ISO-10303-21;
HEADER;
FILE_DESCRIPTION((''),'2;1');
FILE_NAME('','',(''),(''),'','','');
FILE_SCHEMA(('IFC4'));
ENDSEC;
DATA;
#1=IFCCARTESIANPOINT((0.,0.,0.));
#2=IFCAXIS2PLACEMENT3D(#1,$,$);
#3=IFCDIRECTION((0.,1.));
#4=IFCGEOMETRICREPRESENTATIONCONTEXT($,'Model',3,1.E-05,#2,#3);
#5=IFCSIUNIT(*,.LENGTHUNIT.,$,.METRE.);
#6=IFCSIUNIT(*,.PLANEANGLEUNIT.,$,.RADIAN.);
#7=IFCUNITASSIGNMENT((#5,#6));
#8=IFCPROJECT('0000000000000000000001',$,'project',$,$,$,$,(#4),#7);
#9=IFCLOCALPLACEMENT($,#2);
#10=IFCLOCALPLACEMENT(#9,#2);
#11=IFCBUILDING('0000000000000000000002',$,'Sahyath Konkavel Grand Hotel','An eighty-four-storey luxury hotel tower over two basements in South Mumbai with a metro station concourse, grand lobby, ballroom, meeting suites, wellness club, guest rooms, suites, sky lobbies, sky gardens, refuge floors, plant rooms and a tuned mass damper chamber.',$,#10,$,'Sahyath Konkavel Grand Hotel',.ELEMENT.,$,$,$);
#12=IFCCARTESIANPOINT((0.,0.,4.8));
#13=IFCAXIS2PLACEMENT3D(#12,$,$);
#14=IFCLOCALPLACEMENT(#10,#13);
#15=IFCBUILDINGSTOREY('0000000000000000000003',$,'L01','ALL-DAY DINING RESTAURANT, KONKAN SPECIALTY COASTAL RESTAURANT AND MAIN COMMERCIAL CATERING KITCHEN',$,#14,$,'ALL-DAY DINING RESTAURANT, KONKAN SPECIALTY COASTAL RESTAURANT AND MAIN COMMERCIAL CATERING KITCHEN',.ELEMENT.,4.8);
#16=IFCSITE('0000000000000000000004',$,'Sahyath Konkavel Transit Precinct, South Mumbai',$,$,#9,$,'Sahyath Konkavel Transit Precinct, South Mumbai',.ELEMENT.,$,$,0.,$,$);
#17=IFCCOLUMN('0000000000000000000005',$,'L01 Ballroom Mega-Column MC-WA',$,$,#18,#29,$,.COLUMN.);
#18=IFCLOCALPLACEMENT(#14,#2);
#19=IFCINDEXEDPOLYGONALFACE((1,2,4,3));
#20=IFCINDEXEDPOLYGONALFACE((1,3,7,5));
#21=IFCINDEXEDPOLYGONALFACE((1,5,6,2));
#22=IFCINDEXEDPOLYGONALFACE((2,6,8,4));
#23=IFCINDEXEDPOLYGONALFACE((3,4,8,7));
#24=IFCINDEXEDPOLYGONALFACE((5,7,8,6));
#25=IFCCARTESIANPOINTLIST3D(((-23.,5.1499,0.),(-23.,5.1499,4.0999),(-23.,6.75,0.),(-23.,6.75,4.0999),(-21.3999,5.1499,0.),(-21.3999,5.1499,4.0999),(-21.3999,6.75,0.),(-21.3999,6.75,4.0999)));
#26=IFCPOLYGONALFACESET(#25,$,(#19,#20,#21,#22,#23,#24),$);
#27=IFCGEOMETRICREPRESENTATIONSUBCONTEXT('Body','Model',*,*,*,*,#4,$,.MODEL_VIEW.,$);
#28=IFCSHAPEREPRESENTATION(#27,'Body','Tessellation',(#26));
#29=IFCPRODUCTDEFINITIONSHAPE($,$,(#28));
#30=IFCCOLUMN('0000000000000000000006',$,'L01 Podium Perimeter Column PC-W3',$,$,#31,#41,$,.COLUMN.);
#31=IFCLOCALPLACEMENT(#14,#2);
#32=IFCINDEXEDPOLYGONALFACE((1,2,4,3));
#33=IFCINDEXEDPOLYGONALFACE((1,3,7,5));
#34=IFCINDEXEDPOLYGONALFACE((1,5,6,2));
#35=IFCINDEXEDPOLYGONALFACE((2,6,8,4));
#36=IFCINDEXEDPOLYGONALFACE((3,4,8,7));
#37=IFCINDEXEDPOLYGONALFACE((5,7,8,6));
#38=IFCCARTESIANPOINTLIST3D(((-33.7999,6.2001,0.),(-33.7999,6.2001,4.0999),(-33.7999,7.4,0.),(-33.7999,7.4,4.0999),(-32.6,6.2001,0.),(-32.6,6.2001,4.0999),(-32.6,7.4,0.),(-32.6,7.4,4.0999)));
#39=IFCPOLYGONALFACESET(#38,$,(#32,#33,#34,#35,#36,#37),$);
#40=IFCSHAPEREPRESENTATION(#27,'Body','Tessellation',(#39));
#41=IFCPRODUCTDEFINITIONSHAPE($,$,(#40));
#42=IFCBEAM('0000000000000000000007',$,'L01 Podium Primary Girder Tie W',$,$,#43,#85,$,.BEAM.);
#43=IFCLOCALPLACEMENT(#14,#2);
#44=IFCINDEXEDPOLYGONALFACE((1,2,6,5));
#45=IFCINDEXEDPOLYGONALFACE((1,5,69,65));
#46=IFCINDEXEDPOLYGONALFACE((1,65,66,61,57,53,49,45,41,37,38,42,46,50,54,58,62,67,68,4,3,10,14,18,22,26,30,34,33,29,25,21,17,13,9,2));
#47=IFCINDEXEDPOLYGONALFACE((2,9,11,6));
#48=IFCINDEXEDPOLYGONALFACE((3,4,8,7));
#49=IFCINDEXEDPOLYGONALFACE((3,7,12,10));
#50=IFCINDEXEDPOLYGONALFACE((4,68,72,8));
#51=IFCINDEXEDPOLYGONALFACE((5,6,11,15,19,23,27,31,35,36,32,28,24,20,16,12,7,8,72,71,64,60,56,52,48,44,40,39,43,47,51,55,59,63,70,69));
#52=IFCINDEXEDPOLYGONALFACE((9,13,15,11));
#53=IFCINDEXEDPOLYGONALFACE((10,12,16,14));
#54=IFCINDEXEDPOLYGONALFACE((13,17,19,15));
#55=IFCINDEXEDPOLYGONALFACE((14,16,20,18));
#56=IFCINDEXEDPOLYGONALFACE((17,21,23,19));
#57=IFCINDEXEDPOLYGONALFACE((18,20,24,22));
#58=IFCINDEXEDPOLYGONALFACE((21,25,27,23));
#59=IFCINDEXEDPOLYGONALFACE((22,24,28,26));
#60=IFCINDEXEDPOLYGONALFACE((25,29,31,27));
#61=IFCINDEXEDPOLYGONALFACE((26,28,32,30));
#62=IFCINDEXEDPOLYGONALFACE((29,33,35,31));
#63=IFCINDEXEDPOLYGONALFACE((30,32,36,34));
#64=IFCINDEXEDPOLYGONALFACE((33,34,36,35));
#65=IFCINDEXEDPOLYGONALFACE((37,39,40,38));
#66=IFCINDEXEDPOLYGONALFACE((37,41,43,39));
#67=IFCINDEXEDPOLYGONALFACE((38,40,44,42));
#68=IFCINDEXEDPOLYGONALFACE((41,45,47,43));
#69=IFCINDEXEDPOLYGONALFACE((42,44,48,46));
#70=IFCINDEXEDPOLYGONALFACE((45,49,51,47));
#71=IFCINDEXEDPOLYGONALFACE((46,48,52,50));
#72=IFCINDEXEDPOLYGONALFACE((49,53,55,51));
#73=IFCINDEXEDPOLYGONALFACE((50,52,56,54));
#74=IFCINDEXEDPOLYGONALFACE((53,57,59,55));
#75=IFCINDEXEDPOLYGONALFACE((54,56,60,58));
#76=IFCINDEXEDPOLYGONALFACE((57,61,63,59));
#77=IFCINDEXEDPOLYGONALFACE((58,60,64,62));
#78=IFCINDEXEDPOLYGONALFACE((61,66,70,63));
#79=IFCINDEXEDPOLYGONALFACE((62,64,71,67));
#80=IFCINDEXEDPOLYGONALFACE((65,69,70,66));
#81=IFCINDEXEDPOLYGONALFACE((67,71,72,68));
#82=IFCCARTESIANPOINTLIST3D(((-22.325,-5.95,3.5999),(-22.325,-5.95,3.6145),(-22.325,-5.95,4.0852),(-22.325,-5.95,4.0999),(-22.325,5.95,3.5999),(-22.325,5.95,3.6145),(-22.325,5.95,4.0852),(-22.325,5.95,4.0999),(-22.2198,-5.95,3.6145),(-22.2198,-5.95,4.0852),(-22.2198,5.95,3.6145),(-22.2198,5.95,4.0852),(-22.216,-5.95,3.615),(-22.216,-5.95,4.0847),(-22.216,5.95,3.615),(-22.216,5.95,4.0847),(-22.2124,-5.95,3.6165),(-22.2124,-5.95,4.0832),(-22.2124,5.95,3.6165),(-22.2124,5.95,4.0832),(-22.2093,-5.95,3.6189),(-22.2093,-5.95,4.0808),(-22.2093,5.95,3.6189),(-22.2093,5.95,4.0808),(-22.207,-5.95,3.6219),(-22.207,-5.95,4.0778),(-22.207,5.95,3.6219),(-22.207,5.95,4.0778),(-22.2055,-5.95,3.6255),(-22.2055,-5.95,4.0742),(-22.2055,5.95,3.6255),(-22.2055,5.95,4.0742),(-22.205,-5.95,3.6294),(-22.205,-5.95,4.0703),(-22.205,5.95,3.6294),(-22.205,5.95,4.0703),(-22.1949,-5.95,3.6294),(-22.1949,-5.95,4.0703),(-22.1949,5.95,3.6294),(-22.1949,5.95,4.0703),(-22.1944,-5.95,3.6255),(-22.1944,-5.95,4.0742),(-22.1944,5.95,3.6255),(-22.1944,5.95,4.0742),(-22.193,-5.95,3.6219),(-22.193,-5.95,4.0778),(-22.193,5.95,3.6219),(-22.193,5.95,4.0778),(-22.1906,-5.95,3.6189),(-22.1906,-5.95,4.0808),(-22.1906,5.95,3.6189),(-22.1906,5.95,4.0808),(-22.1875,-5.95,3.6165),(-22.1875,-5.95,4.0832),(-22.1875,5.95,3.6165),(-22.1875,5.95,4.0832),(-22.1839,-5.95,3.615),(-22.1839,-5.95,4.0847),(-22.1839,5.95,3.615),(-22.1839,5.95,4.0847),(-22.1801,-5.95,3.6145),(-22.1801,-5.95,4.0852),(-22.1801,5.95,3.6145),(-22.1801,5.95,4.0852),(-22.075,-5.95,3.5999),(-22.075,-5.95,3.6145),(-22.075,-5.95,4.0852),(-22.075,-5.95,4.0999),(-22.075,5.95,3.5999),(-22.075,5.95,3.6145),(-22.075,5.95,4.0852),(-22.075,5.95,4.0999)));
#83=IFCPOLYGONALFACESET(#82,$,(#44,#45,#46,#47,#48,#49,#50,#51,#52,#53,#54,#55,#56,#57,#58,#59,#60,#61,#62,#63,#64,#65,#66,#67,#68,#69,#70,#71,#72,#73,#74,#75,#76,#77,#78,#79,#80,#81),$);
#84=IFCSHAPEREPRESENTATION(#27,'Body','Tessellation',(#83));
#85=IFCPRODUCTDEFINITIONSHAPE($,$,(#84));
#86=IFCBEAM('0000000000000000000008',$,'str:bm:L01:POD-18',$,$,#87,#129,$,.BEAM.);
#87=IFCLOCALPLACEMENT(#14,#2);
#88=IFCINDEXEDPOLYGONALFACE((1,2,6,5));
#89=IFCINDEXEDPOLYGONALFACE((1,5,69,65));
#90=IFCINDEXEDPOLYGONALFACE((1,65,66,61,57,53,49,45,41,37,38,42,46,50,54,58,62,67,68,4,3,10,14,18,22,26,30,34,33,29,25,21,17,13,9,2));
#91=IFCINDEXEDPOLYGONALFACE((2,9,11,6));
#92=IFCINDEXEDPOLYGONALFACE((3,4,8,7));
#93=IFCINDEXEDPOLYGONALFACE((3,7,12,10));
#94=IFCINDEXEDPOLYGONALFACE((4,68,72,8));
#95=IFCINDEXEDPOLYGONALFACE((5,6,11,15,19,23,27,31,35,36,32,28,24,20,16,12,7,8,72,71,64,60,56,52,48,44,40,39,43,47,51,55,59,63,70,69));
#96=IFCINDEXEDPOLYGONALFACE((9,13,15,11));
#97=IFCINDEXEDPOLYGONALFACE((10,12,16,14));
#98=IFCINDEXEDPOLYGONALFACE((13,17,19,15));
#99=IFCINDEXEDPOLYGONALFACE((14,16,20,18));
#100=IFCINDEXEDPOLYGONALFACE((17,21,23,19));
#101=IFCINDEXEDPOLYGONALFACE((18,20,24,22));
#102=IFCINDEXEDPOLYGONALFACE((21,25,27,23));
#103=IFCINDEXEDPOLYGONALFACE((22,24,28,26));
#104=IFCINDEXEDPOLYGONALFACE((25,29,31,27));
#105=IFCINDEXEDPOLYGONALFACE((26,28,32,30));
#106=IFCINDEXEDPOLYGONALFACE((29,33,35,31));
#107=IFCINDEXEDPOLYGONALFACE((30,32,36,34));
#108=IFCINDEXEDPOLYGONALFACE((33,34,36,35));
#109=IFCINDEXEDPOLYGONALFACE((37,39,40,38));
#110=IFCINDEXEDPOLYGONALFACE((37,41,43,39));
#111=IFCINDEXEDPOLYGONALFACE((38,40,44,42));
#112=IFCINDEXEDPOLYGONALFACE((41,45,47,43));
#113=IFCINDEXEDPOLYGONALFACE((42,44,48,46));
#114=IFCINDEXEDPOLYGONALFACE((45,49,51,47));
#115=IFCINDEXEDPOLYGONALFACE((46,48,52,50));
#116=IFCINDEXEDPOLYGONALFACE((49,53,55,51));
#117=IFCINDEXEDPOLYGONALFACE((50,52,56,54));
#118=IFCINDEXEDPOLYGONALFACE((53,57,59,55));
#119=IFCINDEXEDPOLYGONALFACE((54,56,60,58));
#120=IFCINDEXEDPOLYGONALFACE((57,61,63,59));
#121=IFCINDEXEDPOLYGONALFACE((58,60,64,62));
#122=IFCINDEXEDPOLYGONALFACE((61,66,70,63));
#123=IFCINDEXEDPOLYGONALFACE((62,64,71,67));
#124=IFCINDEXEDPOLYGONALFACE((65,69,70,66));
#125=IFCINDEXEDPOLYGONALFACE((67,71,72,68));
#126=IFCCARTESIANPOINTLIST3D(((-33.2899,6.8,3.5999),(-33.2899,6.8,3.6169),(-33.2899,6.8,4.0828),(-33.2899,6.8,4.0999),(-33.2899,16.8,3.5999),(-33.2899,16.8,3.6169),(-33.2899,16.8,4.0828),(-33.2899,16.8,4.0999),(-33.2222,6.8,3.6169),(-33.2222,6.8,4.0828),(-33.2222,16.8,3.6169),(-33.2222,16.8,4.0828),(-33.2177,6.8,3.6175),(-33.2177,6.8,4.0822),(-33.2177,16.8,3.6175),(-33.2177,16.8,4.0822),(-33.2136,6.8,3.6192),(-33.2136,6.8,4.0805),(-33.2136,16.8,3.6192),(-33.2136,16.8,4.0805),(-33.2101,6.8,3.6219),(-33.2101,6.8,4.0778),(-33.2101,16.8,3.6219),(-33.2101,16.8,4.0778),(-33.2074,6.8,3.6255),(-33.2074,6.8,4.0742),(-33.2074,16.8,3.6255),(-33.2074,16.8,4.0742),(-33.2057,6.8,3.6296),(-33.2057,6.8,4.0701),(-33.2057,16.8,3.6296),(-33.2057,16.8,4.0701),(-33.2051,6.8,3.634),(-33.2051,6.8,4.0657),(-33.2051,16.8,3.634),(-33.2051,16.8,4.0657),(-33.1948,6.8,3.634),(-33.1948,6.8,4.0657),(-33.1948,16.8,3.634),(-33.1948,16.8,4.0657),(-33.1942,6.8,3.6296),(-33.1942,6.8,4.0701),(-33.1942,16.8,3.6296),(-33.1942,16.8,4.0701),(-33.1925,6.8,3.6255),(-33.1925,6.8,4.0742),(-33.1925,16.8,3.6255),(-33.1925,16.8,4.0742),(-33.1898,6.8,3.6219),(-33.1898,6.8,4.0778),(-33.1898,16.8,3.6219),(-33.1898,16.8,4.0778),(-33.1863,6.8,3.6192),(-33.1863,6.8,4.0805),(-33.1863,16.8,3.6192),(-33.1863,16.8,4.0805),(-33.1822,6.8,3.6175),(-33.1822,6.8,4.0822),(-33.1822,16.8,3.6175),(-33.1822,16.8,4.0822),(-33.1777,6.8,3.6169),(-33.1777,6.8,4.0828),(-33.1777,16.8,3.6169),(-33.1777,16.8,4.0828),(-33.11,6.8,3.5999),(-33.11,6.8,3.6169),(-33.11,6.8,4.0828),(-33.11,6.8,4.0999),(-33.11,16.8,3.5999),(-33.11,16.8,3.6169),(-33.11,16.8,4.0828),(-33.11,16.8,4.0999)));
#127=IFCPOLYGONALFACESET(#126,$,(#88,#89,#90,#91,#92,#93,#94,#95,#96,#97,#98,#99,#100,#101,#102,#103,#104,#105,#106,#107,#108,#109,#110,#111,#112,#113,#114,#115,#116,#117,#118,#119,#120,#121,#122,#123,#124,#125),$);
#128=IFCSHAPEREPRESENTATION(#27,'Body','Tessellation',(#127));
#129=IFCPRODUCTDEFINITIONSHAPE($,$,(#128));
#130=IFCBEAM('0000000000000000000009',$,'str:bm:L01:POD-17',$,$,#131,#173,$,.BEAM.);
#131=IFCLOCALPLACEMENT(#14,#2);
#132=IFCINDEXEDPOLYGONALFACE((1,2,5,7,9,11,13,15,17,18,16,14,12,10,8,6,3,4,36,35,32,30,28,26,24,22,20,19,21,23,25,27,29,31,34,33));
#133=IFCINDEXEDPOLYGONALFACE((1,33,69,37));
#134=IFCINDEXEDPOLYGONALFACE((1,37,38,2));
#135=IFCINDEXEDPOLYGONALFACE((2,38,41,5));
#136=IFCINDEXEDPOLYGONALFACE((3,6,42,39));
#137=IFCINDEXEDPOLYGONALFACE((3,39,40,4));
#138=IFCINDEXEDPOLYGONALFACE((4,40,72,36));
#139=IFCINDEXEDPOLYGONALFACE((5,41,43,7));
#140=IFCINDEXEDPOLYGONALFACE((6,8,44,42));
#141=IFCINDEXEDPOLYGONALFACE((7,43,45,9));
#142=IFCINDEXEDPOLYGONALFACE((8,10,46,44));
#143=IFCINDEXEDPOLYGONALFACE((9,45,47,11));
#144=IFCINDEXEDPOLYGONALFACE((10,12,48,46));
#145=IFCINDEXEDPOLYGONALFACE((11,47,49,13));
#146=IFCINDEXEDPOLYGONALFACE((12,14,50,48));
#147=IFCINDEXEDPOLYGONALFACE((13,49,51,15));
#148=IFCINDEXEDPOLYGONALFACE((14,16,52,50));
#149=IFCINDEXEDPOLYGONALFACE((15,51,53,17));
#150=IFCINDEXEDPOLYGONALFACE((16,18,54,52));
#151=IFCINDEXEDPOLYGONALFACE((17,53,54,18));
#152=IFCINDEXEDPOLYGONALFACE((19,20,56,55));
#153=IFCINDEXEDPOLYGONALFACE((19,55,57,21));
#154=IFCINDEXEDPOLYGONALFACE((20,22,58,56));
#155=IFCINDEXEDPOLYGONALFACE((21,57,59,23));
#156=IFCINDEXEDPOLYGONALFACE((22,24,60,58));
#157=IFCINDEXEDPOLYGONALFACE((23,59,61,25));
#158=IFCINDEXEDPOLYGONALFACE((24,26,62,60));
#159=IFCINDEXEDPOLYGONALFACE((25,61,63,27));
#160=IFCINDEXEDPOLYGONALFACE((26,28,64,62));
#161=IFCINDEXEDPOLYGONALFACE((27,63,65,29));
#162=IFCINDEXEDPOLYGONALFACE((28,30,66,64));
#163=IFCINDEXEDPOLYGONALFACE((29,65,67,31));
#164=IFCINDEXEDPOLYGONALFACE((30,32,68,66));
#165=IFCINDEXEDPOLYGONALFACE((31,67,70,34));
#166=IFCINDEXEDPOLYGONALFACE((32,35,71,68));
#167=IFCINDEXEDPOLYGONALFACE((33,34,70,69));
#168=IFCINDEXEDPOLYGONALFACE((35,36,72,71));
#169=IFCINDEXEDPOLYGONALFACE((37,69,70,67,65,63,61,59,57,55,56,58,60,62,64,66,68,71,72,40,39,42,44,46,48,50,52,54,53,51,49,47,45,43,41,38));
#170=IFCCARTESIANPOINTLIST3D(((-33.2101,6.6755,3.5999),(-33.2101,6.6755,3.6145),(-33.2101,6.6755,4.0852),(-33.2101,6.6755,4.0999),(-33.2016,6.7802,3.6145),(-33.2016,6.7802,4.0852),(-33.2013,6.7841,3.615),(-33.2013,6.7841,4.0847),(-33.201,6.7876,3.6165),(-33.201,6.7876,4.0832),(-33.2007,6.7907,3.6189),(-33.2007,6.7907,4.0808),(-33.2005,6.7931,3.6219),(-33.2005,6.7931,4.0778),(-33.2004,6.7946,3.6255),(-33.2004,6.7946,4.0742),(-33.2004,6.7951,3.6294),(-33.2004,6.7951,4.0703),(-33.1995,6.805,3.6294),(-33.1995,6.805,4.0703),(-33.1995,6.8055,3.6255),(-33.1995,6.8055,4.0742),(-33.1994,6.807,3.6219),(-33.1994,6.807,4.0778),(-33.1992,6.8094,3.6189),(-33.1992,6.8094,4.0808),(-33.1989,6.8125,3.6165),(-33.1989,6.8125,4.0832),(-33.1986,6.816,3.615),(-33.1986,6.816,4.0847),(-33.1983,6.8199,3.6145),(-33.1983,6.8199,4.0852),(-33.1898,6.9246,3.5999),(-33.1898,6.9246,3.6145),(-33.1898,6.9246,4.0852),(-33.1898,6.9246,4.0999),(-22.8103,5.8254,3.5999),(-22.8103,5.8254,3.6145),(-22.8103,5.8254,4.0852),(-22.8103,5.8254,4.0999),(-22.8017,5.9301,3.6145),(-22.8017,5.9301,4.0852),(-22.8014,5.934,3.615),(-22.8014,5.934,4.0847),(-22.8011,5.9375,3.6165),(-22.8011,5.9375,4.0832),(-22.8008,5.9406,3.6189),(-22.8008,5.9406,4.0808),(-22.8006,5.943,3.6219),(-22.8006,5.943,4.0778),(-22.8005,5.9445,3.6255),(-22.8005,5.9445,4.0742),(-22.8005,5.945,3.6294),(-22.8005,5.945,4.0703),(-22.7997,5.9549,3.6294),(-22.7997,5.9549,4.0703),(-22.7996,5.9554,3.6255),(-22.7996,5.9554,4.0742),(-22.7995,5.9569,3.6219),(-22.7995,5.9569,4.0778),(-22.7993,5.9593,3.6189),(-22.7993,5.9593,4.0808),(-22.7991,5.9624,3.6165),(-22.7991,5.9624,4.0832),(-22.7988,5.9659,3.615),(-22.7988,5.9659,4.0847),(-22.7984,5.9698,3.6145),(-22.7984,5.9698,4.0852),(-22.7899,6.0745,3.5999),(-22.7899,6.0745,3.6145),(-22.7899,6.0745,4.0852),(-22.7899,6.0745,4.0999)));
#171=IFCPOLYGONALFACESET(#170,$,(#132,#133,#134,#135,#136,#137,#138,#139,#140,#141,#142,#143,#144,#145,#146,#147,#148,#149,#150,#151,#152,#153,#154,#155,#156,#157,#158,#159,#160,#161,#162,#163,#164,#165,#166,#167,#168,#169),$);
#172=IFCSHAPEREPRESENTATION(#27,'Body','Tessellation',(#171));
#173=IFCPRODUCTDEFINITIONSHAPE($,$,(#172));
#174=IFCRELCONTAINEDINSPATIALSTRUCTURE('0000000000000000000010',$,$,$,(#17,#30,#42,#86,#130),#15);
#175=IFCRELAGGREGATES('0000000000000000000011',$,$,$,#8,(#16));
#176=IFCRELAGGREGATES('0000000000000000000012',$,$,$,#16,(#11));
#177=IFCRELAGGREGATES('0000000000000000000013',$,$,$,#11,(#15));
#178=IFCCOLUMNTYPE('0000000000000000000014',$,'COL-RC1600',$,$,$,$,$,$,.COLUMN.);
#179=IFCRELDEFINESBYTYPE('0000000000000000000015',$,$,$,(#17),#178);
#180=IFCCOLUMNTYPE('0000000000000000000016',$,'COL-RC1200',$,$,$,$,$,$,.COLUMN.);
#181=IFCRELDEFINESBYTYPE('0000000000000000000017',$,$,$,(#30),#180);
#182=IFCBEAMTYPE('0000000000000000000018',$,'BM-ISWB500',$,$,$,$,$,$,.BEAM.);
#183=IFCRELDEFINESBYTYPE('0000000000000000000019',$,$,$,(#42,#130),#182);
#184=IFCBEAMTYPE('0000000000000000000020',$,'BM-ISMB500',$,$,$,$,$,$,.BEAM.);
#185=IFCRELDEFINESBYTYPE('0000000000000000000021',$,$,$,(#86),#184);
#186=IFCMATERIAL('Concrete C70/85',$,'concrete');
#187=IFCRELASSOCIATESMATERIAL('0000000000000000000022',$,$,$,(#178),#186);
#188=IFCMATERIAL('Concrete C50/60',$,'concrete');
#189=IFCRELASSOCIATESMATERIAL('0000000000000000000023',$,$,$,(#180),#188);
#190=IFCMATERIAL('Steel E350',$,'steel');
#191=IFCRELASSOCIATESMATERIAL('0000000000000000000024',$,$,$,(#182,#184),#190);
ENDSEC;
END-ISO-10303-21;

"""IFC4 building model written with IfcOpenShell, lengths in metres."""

from ifc_helpers import new_model, si_unit, direction, frame, origin, origin_2d, place, context, subcontext, project, spatial, rectangle, i_section, extrude, source, transform, mapped, material, material_profile, profile_set, type_object, element, save


model = new_model("IFC4")

# Units and contexts
model_context = context("Model", 3, precision=1e-05, world=origin(), true_north=direction((0.0, 1.0)))
body_context = subcontext(model_context, "Body", "Model", "MODEL_VIEW")
ifc_project = project(units=[si_unit("LENGTHUNIT", "METRE"), si_unit("PLANEANGLEUNIT", "RADIAN")], contexts=[model_context])

# Site, building, storey
site_placement = place(None, origin())
site = spatial("IfcSite", under=ifc_project, at=site_placement, Name="Sahyath Konkavel Transit Precinct, South Mumbai", LongName="Sahyath Konkavel Transit Precinct, South Mumbai", CompositionType="ELEMENT", RefElevation=0.0)
building_placement = place(site_placement, origin())
building = spatial("IfcBuilding", under=site, at=building_placement, Name="Sahyath Konkavel Grand Hotel", Description="An eighty-four-storey luxury hotel tower over two basements in South Mumbai with a metro station concourse, grand lobby, ballroom, meeting suites, wellness club, guest rooms, suites, sky lobbies, sky gardens, refuge floors, plant rooms and a tuned mass damper chamber.", LongName="Sahyath Konkavel Grand Hotel", CompositionType="ELEMENT")
storey_placement = place(building_placement, frame((0.0, 0.0, 4.8)))
storey = spatial("IfcBuildingStorey", under=building, at=storey_placement, Name="L01", Description="ALL-DAY DINING RESTAURANT, KONKAN SPECIALTY COASTAL RESTAURANT AND MAIN COMMERCIAL CATERING KITCHEN", LongName="ALL-DAY DINING RESTAURANT, KONKAN SPECIALTY COASTAL RESTAURANT AND MAIN COMMERCIAL CATERING KITCHEN", CompositionType="ELEMENT", Elevation=4.8)

# Columns
ifc_material_1 = material(Name="Concrete C70/85", Category="concrete")
ifc_material_profile_1 = material_profile(ifc_material_1, rectangle(XDim=1.6001, YDim=1.6001, at=origin_2d()), Name="RC 1600x1600")
ifc_profile_set_1 = profile_set([ifc_material_profile_1], Name="Concrete C70/85")
column_type_1 = type_object("IfcColumnType", Name="COL-RC1600", PredefinedType="COLUMN", material=ifc_profile_set_1)
shared_shape_1 = source(origin(), body_context, "Body", "SweptSolid", [
    extrude(rectangle(XDim=1.6001, YDim=1.6001, at=origin_2d()), origin(), (0.0, 0.0, 1.0), 4.0999),
])
column_1_placement = place(storey_placement, frame((-22.2, 5.95, 0.0), z_axis=(0.0, 0.0, 1.0), x_axis=(1.0, 0.0, 0.0)))
element("IfcColumn", 1, at=column_1_placement, inside=storey, type_object=column_type_1, Name="L01 Ballroom Mega-Column MC-WA", PredefinedType="COLUMN", context=body_context, shape_type="MappedRepresentation", body=[
    mapped(shared_shape_1, transform((0.0, 0.0, 0.0), scale=1.0)),
])
ifc_material_2 = material(Name="Concrete C50/60", Category="concrete")
ifc_material_profile_2 = material_profile(ifc_material_2, rectangle(XDim=1.2, YDim=1.2, at=origin_2d()), Name="RC 1200x1200")
ifc_profile_set_2 = profile_set([ifc_material_profile_2], Name="Concrete C50/60")
column_type_2 = type_object("IfcColumnType", Name="COL-RC1200", PredefinedType="COLUMN", material=ifc_profile_set_2)
shared_shape_2 = source(origin(), body_context, "Body", "SweptSolid", [
    extrude(rectangle(XDim=1.2, YDim=1.2, at=origin_2d()), origin(), (0.0, 0.0, 1.0), 4.0999),
])
column_2_placement = place(storey_placement, frame((-33.2, 6.8, 0.0), z_axis=(0.0, 0.0, 1.0), x_axis=(1.0, 0.0, 0.0)))
element("IfcColumn", 2, at=column_2_placement, inside=storey, type_object=column_type_2, Name="L01 Podium Perimeter Column PC-W3", PredefinedType="COLUMN", context=body_context, shape_type="MappedRepresentation", body=[
    mapped(shared_shape_2, transform((0.0, 0.0, 0.0), scale=1.0)),
])

# Beams
ifc_material_3 = material(Name="Steel E350", Category="steel")
ifc_material_profile_3 = material_profile(ifc_material_3, i_section(OverallWidth=0.25, OverallDepth=0.5, WebThickness=0.01, FlangeThickness=0.0146, FilletRadius=0.0149, at=origin_2d()), Name="ISWB 500")
ifc_profile_set_3 = profile_set([ifc_material_profile_3], Name="Steel E350")
beam_type_1 = type_object("IfcBeamType", Name="BM-ISWB500", PredefinedType="BEAM", material=ifc_profile_set_3)
shared_shape_3 = source(origin(), body_context, "Body", "SweptSolid", [
    extrude(i_section(OverallWidth=0.25, OverallDepth=0.5, WebThickness=0.01, FlangeThickness=0.0146, FilletRadius=0.0149, at=origin_2d()), origin(), (0.0, 0.0, 1.0), 11.8999),
])
beam_1_placement = place(storey_placement, frame((-22.2, 5.95, 3.8499), z_axis=(0.0, -1.0, 0.0), x_axis=(1.0, 0.0, 0.0)))
element("IfcBeam", 3, at=beam_1_placement, inside=storey, type_object=beam_type_1, Name="L01 Podium Primary Girder Tie W", PredefinedType="BEAM", context=body_context, shape_type="MappedRepresentation", body=[
    mapped(shared_shape_3, transform((0.0, 0.0, 0.0), scale=1.0)),
])
ifc_material_profile_4 = material_profile(ifc_material_3, i_section(OverallWidth=0.1799, OverallDepth=0.5, WebThickness=0.0103, FlangeThickness=0.0171, FilletRadius=0.0171, at=origin_2d()), Name="ISMB 500")
ifc_profile_set_4 = profile_set([ifc_material_profile_4], Name="Steel E350")
beam_type_2 = type_object("IfcBeamType", Name="BM-ISMB500", PredefinedType="BEAM", material=ifc_profile_set_4)
shared_shape_4 = source(origin(), body_context, "Body", "SweptSolid", [
    extrude(i_section(OverallWidth=0.1799, OverallDepth=0.5, WebThickness=0.0103, FlangeThickness=0.0171, FilletRadius=0.0171, at=origin_2d()), origin(), (0.0, 0.0, 1.0), 10.0),
])
beam_2_placement = place(storey_placement, frame((-33.2, 6.8, 3.8499), z_axis=(0.0, 1.0, 0.0), x_axis=(-1.0, 0.0, 0.0)))
element("IfcBeam", 4, at=beam_2_placement, inside=storey, type_object=beam_type_2, Name="str:bm:L01:POD-18", PredefinedType="BEAM", context=body_context, shape_type="MappedRepresentation", body=[
    mapped(shared_shape_4, transform((0.0, 0.0, 0.0), scale=1.0)),
])
shared_shape_5 = source(origin(), body_context, "Body", "SweptSolid", [
    extrude(i_section(OverallWidth=0.25, OverallDepth=0.5, WebThickness=0.01, FlangeThickness=0.0146, FilletRadius=0.0149, at=origin_2d()), origin(), (0.0, 0.0, 1.0), 10.4346),
])
beam_3_placement = place(storey_placement, frame((-33.2, 6.8, 3.8499), z_axis=(0.996676, -0.081469, 0.0), x_axis=(0.081469, 0.996676, 0.0)))
element("IfcBeam", 5, at=beam_3_placement, inside=storey, type_object=beam_type_1, Name="str:bm:L01:POD-17", PredefinedType="BEAM", context=body_context, shape_type="MappedRepresentation", body=[
    mapped(shared_shape_5, transform((0.0, 0.0, 0.0), scale=1.0)),
])

save(model, "model.ifc")
